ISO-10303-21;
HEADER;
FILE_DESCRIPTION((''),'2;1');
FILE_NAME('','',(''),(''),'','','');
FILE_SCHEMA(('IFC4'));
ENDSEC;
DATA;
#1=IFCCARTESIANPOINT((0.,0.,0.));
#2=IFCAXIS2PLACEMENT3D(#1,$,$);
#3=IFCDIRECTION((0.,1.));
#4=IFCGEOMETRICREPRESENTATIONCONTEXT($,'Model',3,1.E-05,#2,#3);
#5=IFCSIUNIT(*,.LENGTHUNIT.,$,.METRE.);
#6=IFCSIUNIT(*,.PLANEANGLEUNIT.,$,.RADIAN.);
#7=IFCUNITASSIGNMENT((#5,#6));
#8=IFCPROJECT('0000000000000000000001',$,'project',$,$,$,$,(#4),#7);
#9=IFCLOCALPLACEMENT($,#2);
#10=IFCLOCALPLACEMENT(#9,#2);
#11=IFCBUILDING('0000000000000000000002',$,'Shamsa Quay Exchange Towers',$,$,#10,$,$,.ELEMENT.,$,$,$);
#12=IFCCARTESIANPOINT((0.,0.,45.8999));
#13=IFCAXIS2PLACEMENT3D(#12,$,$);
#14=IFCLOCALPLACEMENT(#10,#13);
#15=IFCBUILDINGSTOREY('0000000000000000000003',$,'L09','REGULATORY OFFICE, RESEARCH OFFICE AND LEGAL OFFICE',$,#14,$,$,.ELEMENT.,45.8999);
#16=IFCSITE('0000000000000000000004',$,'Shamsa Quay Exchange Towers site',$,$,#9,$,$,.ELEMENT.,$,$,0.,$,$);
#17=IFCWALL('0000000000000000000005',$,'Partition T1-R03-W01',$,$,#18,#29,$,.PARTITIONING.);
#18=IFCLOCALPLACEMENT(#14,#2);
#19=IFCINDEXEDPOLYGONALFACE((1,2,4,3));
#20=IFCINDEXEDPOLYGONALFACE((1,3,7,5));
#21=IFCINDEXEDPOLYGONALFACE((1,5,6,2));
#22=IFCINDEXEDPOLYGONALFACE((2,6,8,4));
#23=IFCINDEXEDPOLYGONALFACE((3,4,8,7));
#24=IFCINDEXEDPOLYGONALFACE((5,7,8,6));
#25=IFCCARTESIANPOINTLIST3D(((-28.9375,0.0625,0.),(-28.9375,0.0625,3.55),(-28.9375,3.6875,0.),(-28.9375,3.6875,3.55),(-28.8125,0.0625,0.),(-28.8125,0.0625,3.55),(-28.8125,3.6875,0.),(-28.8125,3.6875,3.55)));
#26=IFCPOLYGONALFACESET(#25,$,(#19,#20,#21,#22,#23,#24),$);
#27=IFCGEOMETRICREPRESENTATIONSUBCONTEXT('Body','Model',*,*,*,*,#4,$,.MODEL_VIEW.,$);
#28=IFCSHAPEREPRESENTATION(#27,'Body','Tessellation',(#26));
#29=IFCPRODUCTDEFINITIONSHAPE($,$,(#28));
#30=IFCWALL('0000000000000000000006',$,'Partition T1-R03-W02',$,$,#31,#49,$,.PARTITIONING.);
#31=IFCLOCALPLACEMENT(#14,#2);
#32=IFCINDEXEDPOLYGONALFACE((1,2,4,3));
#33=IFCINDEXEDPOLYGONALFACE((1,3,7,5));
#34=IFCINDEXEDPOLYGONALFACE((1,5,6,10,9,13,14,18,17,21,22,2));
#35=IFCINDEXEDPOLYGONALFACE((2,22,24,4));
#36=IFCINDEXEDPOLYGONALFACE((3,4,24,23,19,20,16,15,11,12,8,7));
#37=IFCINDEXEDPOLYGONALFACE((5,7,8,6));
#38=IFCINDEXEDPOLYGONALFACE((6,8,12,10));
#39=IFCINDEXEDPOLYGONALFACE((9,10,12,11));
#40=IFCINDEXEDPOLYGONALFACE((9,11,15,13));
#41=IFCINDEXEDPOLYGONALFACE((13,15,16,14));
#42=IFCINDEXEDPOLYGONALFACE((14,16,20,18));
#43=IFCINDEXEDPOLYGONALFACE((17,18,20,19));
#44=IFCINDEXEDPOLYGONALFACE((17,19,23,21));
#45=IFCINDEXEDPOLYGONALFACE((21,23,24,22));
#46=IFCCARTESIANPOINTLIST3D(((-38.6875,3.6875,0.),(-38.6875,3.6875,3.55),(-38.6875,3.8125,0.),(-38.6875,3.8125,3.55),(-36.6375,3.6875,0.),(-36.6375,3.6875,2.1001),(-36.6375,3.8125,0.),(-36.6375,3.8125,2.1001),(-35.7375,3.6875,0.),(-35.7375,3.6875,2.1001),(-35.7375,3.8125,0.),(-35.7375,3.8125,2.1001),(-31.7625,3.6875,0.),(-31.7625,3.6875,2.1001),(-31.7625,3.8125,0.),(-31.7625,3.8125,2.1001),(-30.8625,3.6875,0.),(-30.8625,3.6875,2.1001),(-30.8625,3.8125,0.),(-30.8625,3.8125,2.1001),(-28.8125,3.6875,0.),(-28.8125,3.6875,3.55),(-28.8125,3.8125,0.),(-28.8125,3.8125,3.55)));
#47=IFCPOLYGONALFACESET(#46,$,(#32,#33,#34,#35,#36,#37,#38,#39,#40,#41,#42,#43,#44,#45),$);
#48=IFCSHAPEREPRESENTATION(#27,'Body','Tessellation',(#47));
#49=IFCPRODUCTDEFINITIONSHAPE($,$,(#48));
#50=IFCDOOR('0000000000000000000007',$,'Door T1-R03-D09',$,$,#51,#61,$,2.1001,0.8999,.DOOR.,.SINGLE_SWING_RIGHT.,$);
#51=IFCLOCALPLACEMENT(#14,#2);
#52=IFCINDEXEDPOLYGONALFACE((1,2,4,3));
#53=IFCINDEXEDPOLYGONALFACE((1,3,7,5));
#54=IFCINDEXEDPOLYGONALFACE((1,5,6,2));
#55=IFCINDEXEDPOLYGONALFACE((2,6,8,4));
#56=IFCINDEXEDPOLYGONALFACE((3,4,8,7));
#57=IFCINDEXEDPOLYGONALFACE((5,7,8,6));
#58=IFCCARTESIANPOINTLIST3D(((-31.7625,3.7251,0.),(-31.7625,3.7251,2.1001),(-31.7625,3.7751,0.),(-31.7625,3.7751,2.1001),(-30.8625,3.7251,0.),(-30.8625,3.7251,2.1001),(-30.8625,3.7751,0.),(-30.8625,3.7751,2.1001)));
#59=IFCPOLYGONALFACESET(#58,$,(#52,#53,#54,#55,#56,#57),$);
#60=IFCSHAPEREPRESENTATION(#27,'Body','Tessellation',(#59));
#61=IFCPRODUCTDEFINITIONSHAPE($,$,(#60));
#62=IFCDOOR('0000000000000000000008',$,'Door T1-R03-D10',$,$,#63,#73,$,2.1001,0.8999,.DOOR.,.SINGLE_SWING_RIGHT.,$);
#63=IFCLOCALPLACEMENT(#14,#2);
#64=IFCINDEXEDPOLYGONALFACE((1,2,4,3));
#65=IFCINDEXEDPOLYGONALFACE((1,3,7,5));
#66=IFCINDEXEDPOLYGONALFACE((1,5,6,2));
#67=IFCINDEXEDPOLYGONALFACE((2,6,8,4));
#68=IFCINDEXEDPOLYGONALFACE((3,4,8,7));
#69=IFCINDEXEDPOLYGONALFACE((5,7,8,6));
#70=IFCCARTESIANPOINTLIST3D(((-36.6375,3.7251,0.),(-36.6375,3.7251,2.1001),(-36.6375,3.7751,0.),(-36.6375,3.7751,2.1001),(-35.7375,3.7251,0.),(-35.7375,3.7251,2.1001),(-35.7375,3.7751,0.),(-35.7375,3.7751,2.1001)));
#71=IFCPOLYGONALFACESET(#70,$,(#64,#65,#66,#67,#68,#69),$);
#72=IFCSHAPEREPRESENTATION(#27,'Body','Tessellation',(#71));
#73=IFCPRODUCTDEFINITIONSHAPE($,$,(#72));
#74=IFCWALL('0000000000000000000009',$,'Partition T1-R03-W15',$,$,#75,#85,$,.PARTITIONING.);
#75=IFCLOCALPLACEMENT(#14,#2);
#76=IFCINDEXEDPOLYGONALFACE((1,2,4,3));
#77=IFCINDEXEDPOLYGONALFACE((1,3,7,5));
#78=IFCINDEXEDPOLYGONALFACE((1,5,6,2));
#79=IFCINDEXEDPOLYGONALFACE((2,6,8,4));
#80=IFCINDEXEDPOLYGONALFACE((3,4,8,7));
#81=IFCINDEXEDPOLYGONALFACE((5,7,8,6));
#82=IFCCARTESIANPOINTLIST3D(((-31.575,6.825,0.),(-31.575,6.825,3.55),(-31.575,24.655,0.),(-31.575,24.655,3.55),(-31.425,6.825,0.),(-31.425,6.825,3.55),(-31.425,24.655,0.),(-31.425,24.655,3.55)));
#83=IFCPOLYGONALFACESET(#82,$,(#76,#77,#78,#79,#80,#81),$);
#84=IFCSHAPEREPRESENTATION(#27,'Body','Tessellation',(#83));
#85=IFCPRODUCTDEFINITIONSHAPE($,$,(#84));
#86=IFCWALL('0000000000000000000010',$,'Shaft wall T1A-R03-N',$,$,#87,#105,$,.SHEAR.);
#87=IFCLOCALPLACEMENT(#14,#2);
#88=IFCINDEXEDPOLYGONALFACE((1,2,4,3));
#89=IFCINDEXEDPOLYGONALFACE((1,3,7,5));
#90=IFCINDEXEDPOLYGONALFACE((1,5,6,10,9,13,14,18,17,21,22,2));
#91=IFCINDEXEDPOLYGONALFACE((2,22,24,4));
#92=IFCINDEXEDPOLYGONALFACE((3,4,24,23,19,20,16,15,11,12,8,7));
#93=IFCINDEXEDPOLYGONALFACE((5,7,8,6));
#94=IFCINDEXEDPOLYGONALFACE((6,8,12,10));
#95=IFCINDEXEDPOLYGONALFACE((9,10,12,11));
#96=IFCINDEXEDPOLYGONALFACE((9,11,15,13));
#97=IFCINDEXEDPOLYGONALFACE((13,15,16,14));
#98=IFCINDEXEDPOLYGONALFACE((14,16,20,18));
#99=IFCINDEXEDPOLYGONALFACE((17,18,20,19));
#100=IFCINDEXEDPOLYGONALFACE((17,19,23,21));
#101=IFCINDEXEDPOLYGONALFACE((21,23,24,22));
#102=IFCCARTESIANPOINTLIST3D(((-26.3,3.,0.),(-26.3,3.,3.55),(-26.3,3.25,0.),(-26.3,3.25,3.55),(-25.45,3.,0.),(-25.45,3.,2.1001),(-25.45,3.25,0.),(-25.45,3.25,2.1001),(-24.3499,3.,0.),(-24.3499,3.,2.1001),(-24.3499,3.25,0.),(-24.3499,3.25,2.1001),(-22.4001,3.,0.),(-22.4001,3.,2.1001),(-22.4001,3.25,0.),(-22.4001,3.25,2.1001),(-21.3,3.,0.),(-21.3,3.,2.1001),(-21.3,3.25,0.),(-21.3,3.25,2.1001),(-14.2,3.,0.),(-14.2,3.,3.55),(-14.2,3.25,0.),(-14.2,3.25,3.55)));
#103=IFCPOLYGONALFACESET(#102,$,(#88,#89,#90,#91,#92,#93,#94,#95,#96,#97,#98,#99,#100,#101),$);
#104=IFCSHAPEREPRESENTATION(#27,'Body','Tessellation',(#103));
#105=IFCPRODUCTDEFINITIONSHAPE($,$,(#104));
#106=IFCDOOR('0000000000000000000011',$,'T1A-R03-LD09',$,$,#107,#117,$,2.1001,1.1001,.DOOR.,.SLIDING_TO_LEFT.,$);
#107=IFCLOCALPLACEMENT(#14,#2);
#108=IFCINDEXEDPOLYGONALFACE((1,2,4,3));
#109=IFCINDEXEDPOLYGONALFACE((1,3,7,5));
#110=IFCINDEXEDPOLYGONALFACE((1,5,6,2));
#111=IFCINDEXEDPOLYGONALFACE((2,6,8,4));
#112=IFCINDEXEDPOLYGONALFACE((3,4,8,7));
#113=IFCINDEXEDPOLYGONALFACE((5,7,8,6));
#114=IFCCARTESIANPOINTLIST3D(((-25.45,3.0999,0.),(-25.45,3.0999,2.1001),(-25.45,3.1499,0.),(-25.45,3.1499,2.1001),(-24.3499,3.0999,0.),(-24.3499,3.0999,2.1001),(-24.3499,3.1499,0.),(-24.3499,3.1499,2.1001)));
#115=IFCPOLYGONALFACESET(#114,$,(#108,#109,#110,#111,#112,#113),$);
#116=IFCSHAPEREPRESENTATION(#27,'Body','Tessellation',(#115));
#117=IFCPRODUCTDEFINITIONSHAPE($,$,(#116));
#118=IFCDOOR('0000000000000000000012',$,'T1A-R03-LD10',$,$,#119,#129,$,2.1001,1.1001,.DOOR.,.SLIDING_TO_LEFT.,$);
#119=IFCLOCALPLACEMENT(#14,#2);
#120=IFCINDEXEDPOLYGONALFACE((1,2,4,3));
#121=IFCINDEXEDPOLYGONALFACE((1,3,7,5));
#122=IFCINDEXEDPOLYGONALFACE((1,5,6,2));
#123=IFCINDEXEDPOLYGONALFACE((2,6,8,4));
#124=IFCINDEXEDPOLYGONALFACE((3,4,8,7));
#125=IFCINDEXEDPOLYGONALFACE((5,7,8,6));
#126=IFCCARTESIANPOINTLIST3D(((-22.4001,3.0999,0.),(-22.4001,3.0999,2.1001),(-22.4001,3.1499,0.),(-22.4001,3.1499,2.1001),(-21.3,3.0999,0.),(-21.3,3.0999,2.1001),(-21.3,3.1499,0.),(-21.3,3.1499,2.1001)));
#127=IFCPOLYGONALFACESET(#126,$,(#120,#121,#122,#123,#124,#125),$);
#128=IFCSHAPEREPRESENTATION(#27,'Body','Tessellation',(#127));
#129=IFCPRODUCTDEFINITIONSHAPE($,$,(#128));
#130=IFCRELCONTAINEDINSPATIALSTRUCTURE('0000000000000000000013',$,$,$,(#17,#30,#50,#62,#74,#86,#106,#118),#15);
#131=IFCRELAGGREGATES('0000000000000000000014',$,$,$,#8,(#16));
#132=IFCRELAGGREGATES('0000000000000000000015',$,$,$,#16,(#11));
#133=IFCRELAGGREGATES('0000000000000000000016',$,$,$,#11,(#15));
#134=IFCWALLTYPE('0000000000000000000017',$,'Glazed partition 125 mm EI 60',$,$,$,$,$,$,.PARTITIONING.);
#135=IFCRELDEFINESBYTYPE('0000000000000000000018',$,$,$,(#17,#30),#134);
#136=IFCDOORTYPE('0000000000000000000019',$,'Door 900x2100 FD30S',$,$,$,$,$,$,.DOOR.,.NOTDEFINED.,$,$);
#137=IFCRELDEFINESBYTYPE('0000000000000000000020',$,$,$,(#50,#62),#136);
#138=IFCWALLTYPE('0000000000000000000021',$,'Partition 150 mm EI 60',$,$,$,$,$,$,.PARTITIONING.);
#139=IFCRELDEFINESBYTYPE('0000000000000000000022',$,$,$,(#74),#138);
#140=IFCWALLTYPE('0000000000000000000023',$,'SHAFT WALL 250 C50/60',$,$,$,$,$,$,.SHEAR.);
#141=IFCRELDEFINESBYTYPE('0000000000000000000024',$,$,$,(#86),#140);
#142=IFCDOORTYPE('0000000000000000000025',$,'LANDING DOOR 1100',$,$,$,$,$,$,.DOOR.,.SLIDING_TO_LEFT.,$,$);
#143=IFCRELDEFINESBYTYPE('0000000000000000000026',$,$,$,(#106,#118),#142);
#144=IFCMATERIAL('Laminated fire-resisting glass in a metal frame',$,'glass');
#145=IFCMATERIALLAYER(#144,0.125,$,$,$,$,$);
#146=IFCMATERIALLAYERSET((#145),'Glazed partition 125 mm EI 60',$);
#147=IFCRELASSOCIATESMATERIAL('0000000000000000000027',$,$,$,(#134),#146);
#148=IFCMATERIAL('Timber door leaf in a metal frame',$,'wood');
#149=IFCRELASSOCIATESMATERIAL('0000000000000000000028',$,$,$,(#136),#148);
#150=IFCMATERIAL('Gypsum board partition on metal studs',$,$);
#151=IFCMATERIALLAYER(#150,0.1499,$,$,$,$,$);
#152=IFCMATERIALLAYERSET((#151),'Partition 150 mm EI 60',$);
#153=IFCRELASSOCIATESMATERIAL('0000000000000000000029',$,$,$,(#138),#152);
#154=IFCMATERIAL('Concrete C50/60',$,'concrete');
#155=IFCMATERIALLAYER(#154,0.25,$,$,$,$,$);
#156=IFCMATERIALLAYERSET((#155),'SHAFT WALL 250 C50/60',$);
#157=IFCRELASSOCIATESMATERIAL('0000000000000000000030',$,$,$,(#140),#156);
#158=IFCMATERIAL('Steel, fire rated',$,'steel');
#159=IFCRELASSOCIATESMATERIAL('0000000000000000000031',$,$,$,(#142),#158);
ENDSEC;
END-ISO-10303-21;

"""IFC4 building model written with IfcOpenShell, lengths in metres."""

from ifc_helpers import new_model, si_unit, direction, frame, frame_2d, origin, place, context, subcontext, project, spatial, rectangle, extrude, material, layer, layer_set, type_object, element, fill, save


model = new_model("IFC4")

# Units and contexts
model_context = context("Model", 3, precision=1e-05, world=origin(), true_north=direction((0.0, 1.0)))
body_context = subcontext(model_context, "Body", "Model", "MODEL_VIEW")
ifc_project = project(units=[si_unit("LENGTHUNIT", "METRE"), si_unit("PLANEANGLEUNIT", "RADIAN")], contexts=[model_context])

# Site, building, storey
site_placement = place(None, origin())
site = spatial("IfcSite", under=ifc_project, at=site_placement, Name="Shamsa Quay Exchange Towers site", CompositionType="ELEMENT", RefElevation=0.0)
building_placement = place(site_placement, origin())
building = spatial("IfcBuilding", under=site, at=building_placement, Name="Shamsa Quay Exchange Towers", CompositionType="ELEMENT")
storey_placement = place(building_placement, frame((0.0, 0.0, 45.8999)))
storey = spatial("IfcBuildingStorey", under=building, at=storey_placement, Name="L09", Description="REGULATORY OFFICE, RESEARCH OFFICE AND LEGAL OFFICE", CompositionType="ELEMENT", Elevation=45.8999)

# Shared definitions
ifc_material_1 = material(Name="Steel, fire rated", Category="steel")

# Wall
ifc_material_2 = material(Name="Laminated fire-resisting glass in a metal frame", Category="glass")
ifc_layer_1 = layer(ifc_material_2, 0.125)
ifc_layer_set_1 = layer_set([ifc_layer_1], Name="Glazed partition 125 mm EI 60")
wall_type_1 = type_object("IfcWallType", Name="Glazed partition 125 mm EI 60", PredefinedType="PARTITIONING", material=ifc_layer_set_1)
wall_1_placement = place(storey_placement, frame((-28.875, 0.0625, 0.0), z_axis=(0.0, 0.0, 1.0), x_axis=(0.0, 1.0, 0.0)))
element("IfcWall", 1, at=wall_1_placement, inside=storey, type_object=wall_type_1, Name="Partition T1-R03-W01", PredefinedType="PARTITIONING", context=body_context, shape_type="SweptSolid", body=[
    extrude(rectangle(XDim=3.625, YDim=0.125, at=frame_2d((1.8125, 0.0))), origin(), (0.0, 0.0, 1.0), 3.55),
])

# Wall, openings, doors
wall_2_placement = place(storey_placement, frame((-28.8125, 3.75, 0.0), z_axis=(0.0, 0.0, 1.0), x_axis=(-1.0, 0.0, 0.0)))
wall_2 = element("IfcWall", 2, at=wall_2_placement, inside=storey, type_object=wall_type_1, Name="Partition T1-R03-W02", PredefinedType="PARTITIONING", context=body_context, shape_type="SweptSolid", body=[
    extrude(rectangle(XDim=9.875, YDim=0.125, at=frame_2d((4.9375, 0.0))), origin(), (0.0, 0.0, 1.0), 3.55),
])
opening_1_placement = place(wall_2_placement, frame((2.05, 0.0, 0.0)))
opening_1 = element("IfcOpeningElement", 3, at=opening_1_placement, cuts=wall_2, PredefinedType="OPENING", context=body_context, shape_type="SweptSolid", body=[
    extrude(rectangle(XDim=0.8999, YDim=2.1001, at=frame_2d((0.45, 1.05))), frame((0.0, 0.0725, 0.0), z_axis=(0.0, -1.0, 0.0), x_axis=(1.0, 0.0, 0.0)), (0.0, 0.0, 1.0), 0.145),
])
opening_2_placement = place(wall_2_placement, frame((6.925, 0.0, 0.0)))
opening_2 = element("IfcOpeningElement", 4, at=opening_2_placement, cuts=wall_2, PredefinedType="OPENING", context=body_context, shape_type="SweptSolid", body=[
    extrude(rectangle(XDim=0.8999, YDim=2.1001, at=frame_2d((0.45, 1.05))), frame((0.0, 0.0725, 0.0), z_axis=(0.0, -1.0, 0.0), x_axis=(1.0, 0.0, 0.0)), (0.0, 0.0, 1.0), 0.145),
])
ifc_material_3 = material(Name="Timber door leaf in a metal frame", Category="wood")
door_type_1 = type_object("IfcDoorType", Name="Door 900x2100 FD30S", OperationType="NOTDEFINED", PredefinedType="DOOR", material=ifc_material_3)
door_1_placement = place(opening_1_placement, origin())
door_1 = element("IfcDoor", 5, at=door_1_placement, inside=storey, type_object=door_type_1, Name="Door T1-R03-D09", OperationType="SINGLE_SWING_RIGHT", OverallHeight=2.1001, OverallWidth=0.8999, PredefinedType="DOOR", context=body_context, shape_type="SweptSolid", body=[
    extrude(rectangle(XDim=0.8999, YDim=2.1001, at=frame_2d((0.45, 1.05))), frame((0.0, 0.0249, 0.0), z_axis=(0.0, -1.0, 0.0), x_axis=(1.0, 0.0, 0.0)), (0.0, 0.0, 1.0), 0.05),
])
fill(opening_1, door_1)
door_2_placement = place(opening_2_placement, origin())
door_2 = element("IfcDoor", 6, at=door_2_placement, inside=storey, type_object=door_type_1, Name="Door T1-R03-D10", OperationType="SINGLE_SWING_RIGHT", OverallHeight=2.1001, OverallWidth=0.8999, PredefinedType="DOOR", context=body_context, shape_type="SweptSolid", body=[
    extrude(rectangle(XDim=0.8999, YDim=2.1001, at=frame_2d((0.45, 1.05))), frame((0.0, 0.0249, 0.0), z_axis=(0.0, -1.0, 0.0), x_axis=(1.0, 0.0, 0.0)), (0.0, 0.0, 1.0), 0.05),
])
fill(opening_2, door_2)

# Wall
ifc_material_4 = material(Name="Gypsum board partition on metal studs")
ifc_layer_2 = layer(ifc_material_4, 0.1499)
ifc_layer_set_2 = layer_set([ifc_layer_2], Name="Partition 150 mm EI 60")
wall_type_2 = type_object("IfcWallType", Name="Partition 150 mm EI 60", PredefinedType="PARTITIONING", material=ifc_layer_set_2)
wall_3_placement = place(storey_placement, frame((-31.5, 6.825, 0.0), z_axis=(0.0, 0.0, 1.0), x_axis=(0.0, 1.0, 0.0)))
element("IfcWall", 7, at=wall_3_placement, inside=storey, type_object=wall_type_2, Name="Partition T1-R03-W15", PredefinedType="PARTITIONING", context=body_context, shape_type="SweptSolid", body=[
    extrude(rectangle(XDim=17.8301, YDim=0.1499, at=frame_2d((8.915, 0.0))), origin(), (0.0, 0.0, 1.0), 3.55),
])

# Wall, openings, doors
ifc_material_5 = material(Name="Concrete C50/60", Category="concrete")
ifc_layer_3 = layer(ifc_material_5, 0.25)
ifc_layer_set_3 = layer_set([ifc_layer_3], Name="SHAFT WALL 250 C50/60")
wall_type_3 = type_object("IfcWallType", Name="SHAFT WALL 250 C50/60", PredefinedType="SHEAR", material=ifc_layer_set_3)
wall_4_placement = place(storey_placement, frame((-26.3, 3.125, 0.0)))
wall_4 = element("IfcWall", 8, at=wall_4_placement, inside=storey, type_object=wall_type_3, Name="Shaft wall T1A-R03-N", PredefinedType="SHEAR", context=body_context, shape_type="SweptSolid", body=[
    extrude(rectangle(XDim=12.1001, YDim=0.25, at=frame_2d((6.05, 0.0))), origin(), (0.0, 0.0, 1.0), 3.55),
])
opening_3_placement = place(wall_4_placement, frame((0.8501, 0.0, 0.0)))
opening_3 = element("IfcOpeningElement", 9, at=opening_3_placement, cuts=wall_4, PredefinedType="OPENING", context=body_context, shape_type="SweptSolid", body=[
    extrude(rectangle(XDim=1.1001, YDim=2.1001, at=frame_2d((0.55, 1.05))), frame((0.0, 0.135, 0.0), z_axis=(0.0, -1.0, 0.0), x_axis=(1.0, 0.0, 0.0)), (0.0, 0.0, 1.0), 0.27),
])
opening_4_placement = place(wall_4_placement, frame((3.8999, 0.0, 0.0)))
opening_4 = element("IfcOpeningElement", 10, at=opening_4_placement, cuts=wall_4, PredefinedType="OPENING", context=body_context, shape_type="SweptSolid", body=[
    extrude(rectangle(XDim=1.1001, YDim=2.1001, at=frame_2d((0.55, 1.05))), frame((0.0, 0.135, 0.0), z_axis=(0.0, -1.0, 0.0), x_axis=(1.0, 0.0, 0.0)), (0.0, 0.0, 1.0), 0.27),
])
door_type_2 = type_object("IfcDoorType", Name="LANDING DOOR 1100", OperationType="SLIDING_TO_LEFT", PredefinedType="DOOR", material=ifc_material_1)
door_3_placement = place(opening_3_placement, origin())
door_3 = element("IfcDoor", 11, at=door_3_placement, inside=storey, type_object=door_type_2, Name="T1A-R03-LD09", OperationType="SLIDING_TO_LEFT", OverallHeight=2.1001, OverallWidth=1.1001, PredefinedType="DOOR", context=body_context, shape_type="SweptSolid", body=[
    extrude(rectangle(XDim=1.1001, YDim=2.1001, at=frame_2d((0.55, 1.05))), frame((0.0, 0.0249, 0.0), z_axis=(0.0, -1.0, 0.0), x_axis=(1.0, 0.0, 0.0)), (0.0, 0.0, 1.0), 0.05),
])
fill(opening_3, door_3)
door_4_placement = place(opening_4_placement, origin())
door_4 = element("IfcDoor", 12, at=door_4_placement, inside=storey, type_object=door_type_2, Name="T1A-R03-LD10", OperationType="SLIDING_TO_LEFT", OverallHeight=2.1001, OverallWidth=1.1001, PredefinedType="DOOR", context=body_context, shape_type="SweptSolid", body=[
    extrude(rectangle(XDim=1.1001, YDim=2.1001, at=frame_2d((0.55, 1.05))), frame((0.0, 0.0249, 0.0), z_axis=(0.0, -1.0, 0.0), x_axis=(1.0, 0.0, 0.0)), (0.0, 0.0, 1.0), 0.05),
])
fill(opening_4, door_4)

save(model, "model.ifc")
